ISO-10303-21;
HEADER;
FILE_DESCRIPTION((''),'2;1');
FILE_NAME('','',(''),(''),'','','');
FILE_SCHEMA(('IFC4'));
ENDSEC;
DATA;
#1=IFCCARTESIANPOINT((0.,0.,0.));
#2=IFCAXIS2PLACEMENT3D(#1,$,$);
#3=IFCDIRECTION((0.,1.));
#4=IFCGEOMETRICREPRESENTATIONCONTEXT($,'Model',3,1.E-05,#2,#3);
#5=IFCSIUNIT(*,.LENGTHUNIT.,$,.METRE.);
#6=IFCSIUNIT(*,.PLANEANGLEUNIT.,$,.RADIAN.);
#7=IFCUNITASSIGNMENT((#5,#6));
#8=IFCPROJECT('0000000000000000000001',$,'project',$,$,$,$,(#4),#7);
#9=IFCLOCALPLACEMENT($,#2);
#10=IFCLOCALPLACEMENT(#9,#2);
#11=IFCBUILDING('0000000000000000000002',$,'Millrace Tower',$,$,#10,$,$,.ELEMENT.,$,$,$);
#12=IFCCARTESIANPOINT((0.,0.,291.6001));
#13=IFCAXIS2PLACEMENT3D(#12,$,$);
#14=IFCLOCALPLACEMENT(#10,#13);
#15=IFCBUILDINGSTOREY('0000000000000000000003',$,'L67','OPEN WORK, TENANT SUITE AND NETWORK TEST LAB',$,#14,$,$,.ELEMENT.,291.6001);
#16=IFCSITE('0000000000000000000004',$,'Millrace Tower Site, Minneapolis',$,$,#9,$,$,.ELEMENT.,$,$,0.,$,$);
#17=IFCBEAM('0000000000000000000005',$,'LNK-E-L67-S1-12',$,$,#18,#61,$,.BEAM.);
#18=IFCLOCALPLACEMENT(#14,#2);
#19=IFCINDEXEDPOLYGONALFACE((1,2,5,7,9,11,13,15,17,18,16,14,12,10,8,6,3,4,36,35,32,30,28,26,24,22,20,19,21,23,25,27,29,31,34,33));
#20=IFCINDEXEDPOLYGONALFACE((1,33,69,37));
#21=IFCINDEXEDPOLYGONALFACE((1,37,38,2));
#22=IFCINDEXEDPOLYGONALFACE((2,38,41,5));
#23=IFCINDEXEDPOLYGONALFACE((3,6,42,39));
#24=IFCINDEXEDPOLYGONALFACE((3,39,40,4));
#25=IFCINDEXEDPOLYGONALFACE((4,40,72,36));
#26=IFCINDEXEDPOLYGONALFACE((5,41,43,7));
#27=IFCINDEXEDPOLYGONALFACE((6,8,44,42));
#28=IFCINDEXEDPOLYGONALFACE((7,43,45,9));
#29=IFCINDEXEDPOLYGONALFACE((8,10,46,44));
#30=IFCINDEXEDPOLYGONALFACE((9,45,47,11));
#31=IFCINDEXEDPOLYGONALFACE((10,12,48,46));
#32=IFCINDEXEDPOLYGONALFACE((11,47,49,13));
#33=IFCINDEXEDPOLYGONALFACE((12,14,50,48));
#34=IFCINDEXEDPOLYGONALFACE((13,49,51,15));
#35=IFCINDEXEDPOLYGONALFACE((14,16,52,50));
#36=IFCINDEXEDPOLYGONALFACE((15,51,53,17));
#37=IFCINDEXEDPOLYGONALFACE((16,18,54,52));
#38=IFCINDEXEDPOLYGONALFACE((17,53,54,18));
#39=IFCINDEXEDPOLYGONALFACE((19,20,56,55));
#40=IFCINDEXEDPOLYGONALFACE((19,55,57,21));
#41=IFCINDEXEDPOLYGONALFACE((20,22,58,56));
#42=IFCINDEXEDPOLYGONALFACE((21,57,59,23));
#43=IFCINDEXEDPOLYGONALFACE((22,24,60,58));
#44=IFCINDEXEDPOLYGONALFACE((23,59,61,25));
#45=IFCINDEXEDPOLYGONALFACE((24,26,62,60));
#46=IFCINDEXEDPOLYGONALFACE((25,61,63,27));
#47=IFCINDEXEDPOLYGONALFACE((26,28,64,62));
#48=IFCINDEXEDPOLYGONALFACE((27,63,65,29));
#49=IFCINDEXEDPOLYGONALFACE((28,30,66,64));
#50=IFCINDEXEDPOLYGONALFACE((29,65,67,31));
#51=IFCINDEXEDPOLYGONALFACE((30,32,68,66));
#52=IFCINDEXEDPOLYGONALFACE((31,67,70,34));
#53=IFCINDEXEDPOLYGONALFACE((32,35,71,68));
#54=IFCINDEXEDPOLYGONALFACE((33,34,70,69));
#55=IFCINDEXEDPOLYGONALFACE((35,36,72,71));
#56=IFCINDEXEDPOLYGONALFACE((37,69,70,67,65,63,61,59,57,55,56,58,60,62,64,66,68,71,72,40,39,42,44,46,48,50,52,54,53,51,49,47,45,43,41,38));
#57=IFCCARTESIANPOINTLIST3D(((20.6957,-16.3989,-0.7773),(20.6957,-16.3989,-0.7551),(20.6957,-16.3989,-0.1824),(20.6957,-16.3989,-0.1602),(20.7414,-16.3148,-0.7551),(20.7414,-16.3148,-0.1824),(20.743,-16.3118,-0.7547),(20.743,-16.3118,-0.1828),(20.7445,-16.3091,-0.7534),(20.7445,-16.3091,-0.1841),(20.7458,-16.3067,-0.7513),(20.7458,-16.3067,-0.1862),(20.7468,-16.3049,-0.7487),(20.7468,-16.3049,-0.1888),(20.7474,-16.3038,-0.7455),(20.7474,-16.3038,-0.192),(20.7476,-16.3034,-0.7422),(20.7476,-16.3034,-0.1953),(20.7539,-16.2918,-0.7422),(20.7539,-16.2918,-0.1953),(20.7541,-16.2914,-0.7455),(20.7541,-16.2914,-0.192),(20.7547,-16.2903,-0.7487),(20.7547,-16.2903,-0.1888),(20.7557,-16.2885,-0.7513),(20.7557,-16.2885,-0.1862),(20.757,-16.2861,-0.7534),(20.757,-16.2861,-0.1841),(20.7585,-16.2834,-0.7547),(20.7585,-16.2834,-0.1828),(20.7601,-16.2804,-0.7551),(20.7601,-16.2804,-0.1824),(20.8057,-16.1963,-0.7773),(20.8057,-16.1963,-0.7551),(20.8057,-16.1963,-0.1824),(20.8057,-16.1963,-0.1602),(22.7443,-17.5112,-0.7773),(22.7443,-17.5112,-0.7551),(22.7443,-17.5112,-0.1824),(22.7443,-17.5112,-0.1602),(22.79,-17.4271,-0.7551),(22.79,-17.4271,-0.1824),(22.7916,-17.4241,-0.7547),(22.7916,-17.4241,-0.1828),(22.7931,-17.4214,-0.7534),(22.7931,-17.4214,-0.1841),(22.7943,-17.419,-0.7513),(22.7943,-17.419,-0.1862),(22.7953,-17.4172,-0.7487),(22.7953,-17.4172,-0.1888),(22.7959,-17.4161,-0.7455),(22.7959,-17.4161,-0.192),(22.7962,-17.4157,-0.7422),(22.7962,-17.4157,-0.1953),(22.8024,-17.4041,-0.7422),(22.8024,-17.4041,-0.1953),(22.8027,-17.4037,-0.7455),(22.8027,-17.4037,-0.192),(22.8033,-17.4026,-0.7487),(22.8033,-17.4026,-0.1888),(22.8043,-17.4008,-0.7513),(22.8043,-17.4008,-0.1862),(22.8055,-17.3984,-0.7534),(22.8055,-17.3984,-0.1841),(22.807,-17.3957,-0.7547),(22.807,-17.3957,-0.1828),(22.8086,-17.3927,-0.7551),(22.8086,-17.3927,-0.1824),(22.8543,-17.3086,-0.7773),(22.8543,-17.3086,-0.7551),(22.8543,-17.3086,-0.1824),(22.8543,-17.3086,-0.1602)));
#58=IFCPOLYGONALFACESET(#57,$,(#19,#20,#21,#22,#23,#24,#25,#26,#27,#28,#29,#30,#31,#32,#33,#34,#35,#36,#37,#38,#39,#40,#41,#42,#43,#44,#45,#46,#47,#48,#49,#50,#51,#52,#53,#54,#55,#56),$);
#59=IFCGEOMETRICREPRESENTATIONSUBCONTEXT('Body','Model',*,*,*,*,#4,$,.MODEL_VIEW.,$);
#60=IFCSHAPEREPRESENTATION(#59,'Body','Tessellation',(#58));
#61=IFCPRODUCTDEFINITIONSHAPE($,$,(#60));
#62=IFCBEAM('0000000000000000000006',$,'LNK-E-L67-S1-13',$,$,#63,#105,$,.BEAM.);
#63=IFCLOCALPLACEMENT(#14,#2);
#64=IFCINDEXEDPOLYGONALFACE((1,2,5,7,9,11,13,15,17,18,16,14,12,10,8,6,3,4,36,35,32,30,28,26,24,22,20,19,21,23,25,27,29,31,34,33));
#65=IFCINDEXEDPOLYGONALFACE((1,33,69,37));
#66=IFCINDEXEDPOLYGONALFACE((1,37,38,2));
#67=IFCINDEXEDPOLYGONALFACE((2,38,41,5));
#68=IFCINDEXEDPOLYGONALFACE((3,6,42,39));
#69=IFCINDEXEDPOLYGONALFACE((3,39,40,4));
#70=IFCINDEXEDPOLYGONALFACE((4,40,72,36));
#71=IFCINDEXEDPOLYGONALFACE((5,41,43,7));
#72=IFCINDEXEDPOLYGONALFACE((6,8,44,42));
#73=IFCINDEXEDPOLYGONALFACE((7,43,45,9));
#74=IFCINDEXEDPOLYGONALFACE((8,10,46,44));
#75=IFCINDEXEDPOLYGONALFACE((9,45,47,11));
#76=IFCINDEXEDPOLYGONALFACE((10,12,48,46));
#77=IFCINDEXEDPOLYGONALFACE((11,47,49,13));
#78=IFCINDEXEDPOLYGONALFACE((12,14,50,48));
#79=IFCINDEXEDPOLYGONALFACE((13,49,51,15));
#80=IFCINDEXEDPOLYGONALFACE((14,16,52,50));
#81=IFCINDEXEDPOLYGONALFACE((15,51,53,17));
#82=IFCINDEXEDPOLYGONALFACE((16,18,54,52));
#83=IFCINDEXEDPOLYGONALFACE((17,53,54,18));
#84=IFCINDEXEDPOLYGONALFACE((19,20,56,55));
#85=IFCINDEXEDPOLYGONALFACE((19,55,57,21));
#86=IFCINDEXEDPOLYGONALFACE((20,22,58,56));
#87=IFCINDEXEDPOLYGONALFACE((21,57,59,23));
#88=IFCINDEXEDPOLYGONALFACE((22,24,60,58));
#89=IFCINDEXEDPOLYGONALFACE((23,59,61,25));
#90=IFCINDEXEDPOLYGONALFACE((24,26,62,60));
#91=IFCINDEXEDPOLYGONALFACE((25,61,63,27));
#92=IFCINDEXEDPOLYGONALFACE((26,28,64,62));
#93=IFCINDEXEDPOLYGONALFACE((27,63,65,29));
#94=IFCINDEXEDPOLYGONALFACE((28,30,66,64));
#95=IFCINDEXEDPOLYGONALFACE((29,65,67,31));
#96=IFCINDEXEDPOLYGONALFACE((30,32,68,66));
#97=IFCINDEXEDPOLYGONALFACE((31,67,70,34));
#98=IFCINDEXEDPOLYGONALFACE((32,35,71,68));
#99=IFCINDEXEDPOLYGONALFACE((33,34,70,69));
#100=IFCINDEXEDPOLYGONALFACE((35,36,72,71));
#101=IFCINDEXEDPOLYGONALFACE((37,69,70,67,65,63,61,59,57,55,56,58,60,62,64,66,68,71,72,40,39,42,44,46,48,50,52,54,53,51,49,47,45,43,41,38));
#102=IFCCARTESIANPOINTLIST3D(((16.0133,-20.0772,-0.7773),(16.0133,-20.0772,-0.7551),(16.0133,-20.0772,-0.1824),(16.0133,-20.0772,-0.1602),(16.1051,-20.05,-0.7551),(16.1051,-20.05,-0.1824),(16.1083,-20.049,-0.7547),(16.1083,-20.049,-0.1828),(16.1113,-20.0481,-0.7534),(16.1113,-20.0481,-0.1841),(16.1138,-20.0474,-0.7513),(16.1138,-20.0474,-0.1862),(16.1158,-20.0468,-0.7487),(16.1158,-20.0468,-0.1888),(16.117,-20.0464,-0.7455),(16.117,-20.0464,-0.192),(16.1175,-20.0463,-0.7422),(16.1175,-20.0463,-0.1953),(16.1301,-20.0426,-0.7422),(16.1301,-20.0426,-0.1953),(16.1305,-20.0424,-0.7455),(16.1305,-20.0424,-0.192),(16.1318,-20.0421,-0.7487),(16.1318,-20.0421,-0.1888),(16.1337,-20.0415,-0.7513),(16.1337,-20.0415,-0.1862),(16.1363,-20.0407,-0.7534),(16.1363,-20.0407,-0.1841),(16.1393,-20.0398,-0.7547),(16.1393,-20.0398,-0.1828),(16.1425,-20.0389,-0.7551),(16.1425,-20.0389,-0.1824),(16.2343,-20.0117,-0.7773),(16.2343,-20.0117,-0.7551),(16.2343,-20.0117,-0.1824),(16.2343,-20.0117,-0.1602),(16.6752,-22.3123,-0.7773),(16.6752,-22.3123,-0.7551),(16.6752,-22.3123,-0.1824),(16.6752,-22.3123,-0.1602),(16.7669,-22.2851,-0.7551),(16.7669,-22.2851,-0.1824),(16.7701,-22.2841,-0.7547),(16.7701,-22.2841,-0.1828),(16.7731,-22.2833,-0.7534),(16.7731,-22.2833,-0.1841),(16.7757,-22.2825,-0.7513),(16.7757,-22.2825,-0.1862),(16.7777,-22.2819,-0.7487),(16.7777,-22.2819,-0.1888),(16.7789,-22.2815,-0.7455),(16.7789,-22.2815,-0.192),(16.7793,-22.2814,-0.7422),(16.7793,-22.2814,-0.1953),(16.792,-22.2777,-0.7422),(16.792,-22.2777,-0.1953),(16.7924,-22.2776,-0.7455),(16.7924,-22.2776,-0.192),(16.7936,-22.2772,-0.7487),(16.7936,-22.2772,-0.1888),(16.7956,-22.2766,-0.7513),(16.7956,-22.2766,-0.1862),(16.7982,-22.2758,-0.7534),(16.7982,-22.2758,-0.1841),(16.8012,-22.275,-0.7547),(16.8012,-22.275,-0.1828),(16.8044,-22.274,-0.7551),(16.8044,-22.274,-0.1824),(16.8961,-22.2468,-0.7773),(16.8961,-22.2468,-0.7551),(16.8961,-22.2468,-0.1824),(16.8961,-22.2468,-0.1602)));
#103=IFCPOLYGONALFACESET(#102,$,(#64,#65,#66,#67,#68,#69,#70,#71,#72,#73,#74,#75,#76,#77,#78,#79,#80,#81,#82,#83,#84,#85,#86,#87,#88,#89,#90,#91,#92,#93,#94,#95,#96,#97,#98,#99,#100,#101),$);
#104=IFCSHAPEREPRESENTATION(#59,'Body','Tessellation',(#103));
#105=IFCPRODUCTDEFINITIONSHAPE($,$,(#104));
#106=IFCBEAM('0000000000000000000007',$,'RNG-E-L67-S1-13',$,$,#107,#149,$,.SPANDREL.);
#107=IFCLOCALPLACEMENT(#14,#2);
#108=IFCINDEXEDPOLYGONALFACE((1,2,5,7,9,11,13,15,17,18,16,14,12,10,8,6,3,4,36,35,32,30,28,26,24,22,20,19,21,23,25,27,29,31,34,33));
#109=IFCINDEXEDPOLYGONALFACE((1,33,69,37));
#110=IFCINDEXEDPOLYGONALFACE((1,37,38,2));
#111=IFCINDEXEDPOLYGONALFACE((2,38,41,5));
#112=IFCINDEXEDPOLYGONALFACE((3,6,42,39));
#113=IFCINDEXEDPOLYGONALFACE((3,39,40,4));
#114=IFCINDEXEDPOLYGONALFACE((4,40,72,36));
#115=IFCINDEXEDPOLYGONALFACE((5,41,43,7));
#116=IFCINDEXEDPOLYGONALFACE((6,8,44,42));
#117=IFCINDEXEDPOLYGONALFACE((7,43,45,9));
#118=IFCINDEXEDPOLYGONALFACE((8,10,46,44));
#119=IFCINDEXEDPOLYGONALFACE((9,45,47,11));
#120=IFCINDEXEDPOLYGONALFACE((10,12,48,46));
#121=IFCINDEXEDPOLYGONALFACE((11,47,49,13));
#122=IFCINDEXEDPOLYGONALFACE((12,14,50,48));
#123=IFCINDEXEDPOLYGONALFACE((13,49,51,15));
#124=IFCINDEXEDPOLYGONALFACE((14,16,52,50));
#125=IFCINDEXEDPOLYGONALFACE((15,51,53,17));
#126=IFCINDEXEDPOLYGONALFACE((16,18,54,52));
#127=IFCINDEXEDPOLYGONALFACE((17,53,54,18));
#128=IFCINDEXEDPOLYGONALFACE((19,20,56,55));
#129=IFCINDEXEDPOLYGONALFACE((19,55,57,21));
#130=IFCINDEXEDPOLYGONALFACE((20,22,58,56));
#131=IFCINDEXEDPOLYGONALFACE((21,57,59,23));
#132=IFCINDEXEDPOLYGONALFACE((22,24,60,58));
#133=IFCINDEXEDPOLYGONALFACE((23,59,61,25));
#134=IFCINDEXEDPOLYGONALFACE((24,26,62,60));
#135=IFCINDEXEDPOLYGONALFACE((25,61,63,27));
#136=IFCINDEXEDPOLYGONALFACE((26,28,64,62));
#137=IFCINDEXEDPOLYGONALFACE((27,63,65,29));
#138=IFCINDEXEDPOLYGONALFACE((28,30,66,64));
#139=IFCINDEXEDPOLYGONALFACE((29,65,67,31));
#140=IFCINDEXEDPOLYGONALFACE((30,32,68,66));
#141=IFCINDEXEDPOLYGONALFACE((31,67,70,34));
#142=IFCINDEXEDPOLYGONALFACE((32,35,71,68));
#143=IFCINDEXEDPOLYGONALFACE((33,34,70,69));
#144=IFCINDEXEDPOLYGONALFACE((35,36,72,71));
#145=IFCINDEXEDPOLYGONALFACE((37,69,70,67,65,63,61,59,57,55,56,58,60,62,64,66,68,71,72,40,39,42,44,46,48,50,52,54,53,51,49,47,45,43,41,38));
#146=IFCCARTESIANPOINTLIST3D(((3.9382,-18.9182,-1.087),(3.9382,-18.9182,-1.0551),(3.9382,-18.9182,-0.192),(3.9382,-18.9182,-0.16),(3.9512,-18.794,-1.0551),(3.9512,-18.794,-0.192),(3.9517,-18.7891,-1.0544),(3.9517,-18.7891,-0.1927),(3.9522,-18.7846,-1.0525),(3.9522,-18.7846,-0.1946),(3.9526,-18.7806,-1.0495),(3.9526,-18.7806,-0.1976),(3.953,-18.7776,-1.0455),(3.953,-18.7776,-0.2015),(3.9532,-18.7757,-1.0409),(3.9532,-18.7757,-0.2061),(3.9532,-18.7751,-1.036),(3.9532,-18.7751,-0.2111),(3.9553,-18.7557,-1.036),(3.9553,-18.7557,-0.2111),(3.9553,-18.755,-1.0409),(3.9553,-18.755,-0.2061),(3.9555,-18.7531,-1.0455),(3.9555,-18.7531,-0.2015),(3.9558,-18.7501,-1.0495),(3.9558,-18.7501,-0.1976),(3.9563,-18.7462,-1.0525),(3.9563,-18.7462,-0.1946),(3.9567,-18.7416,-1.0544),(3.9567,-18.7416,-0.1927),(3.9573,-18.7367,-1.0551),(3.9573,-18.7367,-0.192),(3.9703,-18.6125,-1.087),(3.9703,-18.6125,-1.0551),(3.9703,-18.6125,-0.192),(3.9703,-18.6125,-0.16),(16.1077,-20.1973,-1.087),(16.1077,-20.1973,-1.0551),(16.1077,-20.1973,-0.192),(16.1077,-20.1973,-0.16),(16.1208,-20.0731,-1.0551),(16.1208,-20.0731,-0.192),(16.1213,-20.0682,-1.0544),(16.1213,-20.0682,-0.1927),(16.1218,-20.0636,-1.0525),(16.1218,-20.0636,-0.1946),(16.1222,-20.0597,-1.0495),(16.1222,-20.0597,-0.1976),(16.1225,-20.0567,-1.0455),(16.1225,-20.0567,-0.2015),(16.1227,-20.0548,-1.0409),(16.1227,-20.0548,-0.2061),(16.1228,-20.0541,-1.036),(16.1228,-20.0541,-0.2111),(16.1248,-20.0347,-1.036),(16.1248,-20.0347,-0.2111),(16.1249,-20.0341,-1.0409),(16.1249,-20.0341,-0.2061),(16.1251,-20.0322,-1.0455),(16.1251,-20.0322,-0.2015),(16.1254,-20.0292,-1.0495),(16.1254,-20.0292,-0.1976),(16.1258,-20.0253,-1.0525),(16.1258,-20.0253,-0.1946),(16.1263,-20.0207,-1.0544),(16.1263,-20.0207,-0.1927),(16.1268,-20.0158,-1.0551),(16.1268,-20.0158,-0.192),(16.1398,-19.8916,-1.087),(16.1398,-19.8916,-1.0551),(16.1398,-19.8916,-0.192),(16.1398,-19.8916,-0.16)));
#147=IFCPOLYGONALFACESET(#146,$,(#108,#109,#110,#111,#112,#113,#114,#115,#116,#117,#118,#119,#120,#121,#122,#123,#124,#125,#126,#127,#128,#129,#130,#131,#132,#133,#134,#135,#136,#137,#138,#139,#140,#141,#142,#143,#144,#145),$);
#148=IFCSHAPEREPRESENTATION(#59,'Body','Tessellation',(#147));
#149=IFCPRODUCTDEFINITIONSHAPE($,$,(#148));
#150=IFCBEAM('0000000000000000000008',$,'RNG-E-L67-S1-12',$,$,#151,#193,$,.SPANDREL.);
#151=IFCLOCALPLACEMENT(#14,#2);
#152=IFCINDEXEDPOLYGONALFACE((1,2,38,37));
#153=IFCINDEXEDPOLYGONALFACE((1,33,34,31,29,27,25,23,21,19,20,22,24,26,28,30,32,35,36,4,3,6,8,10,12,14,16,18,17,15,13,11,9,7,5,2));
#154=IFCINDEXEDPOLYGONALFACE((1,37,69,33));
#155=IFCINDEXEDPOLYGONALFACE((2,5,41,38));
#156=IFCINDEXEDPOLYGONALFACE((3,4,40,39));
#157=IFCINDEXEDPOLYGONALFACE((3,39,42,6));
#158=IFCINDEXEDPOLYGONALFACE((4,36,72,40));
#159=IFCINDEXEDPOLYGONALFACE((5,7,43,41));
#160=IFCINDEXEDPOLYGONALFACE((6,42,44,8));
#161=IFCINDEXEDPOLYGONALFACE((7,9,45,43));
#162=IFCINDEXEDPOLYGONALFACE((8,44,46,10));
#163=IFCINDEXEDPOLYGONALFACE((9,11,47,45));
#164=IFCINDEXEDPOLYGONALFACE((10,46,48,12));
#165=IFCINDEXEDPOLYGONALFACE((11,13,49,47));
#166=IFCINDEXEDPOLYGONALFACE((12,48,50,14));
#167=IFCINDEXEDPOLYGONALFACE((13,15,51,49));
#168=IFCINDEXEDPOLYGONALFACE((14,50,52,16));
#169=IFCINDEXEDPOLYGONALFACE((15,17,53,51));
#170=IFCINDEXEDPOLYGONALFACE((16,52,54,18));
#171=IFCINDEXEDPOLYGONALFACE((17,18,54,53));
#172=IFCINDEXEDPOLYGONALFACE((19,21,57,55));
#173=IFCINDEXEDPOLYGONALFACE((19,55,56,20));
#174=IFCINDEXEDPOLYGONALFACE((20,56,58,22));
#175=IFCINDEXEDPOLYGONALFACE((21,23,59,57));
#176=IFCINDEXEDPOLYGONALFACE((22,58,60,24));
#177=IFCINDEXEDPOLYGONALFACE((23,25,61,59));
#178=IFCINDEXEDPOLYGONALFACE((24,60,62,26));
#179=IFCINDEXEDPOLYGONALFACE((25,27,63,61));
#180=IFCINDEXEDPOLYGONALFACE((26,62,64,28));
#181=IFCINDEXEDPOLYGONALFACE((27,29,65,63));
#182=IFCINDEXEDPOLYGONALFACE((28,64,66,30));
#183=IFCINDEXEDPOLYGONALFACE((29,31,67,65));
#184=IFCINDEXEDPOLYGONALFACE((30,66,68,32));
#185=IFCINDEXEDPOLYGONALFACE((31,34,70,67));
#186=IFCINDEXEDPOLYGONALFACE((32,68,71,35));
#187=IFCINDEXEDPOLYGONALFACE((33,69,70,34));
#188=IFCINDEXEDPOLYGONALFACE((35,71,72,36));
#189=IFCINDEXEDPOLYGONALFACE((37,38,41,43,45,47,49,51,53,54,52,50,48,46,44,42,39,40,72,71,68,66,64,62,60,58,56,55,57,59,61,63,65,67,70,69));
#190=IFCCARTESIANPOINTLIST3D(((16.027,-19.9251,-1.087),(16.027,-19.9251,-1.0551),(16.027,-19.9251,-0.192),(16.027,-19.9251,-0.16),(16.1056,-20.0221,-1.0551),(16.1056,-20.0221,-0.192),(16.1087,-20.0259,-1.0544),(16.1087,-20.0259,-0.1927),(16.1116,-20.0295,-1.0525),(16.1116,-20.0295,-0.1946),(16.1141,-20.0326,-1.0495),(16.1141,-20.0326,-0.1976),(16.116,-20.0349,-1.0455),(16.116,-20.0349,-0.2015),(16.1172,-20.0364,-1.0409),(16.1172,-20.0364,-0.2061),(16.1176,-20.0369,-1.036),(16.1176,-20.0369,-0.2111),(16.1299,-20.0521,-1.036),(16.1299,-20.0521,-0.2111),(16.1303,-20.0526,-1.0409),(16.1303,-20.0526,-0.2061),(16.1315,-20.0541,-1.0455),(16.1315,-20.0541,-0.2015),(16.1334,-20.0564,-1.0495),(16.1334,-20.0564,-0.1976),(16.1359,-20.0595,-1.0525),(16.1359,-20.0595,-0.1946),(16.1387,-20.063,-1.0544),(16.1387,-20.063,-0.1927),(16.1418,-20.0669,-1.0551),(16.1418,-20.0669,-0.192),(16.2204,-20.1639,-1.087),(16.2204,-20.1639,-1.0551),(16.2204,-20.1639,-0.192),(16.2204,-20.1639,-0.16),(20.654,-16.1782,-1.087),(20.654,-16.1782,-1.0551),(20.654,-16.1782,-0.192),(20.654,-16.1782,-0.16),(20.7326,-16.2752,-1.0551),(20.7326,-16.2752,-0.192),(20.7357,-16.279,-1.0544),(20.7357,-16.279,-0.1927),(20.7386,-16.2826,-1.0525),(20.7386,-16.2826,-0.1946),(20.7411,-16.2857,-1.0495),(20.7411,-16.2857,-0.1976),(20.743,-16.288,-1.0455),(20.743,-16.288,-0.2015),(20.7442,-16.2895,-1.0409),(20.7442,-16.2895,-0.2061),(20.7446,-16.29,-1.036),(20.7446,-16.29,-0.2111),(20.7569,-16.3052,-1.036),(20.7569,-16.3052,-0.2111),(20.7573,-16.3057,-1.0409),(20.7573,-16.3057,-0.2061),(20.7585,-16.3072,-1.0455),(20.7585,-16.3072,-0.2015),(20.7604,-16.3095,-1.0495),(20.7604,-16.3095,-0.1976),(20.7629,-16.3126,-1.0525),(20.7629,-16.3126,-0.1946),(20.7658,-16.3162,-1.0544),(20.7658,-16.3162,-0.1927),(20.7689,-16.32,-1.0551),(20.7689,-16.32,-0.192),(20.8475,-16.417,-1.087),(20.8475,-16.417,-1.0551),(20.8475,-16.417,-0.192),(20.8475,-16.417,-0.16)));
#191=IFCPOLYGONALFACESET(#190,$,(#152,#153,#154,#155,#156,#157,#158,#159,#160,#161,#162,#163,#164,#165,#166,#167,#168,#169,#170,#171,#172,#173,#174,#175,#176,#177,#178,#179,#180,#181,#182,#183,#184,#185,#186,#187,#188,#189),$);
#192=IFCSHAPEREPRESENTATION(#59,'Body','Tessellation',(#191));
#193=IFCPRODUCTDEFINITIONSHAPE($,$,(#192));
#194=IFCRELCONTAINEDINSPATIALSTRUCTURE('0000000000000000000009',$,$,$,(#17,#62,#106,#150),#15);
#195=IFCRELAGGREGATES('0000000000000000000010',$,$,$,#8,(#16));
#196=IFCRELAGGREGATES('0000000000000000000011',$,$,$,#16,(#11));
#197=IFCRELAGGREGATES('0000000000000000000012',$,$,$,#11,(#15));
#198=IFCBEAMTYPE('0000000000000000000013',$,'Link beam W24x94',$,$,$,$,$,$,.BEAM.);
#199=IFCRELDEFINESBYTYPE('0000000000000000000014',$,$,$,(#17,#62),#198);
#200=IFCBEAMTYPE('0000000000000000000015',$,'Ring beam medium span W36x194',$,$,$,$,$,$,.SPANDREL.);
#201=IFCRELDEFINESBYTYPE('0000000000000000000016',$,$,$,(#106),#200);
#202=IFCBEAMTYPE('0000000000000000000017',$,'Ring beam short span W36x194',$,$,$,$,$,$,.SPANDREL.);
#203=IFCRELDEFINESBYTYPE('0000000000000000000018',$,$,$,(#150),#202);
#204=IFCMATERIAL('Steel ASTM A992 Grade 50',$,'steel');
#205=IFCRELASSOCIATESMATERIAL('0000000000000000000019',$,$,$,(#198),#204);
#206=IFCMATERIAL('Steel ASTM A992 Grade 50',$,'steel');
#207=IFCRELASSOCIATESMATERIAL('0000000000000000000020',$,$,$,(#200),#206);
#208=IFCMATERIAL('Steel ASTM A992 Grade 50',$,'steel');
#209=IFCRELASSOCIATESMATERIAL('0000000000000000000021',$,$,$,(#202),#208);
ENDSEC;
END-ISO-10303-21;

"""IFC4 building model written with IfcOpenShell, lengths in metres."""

from ifc_helpers import new_model, si_unit, direction, frame, origin, origin_2d, place, context, subcontext, project, spatial, i_section, extrude, material, material_profile, profile_set, type_object, element, save


model = new_model("IFC4")

# Units and contexts
model_context = context("Model", 3, precision=1e-05, world=origin(), true_north=direction((0.0, 1.0)))
body_context = subcontext(model_context, "Body", "Model", "MODEL_VIEW")
ifc_project = project(units=[si_unit("LENGTHUNIT", "METRE"), si_unit("PLANEANGLEUNIT", "RADIAN")], contexts=[model_context])

# Site, building, storey
site_placement = place(None, origin())
site = spatial("IfcSite", under=ifc_project, at=site_placement, Name="Millrace Tower Site, Minneapolis", CompositionType="ELEMENT", RefElevation=0.0)
building_placement = place(site_placement, origin())
building = spatial("IfcBuilding", under=site, at=building_placement, Name="Millrace Tower", CompositionType="ELEMENT")
storey_placement = place(building_placement, frame((0.0, 0.0, 291.6001)))
storey = spatial("IfcBuildingStorey", under=building, at=storey_placement, Name="L67", Description="OPEN WORK, TENANT SUITE AND NETWORK TEST LAB", CompositionType="ELEMENT", Elevation=291.6001)

# Beams
ifc_material_1 = material(Name="Steel ASTM A992 Grade 50", Category="steel")
ifc_material_profile_1 = material_profile(ifc_material_1, i_section(OverallWidth=0.2305, OverallDepth=0.6172, WebThickness=0.0132, FlangeThickness=0.0222, FilletRadius=0.0129, at=origin_2d()))
ifc_profile_set_1 = profile_set([ifc_material_profile_1], Name="Steel ASTM A992 Grade 50")
beam_type_1 = type_object("IfcBeamType", Name="Link beam W24x94", PredefinedType="BEAM", material=ifc_profile_set_1)
for number, where, z_axis, x_axis, name in (
    (1, (20.7507, -16.2976, -0.4688), (0.878815, -0.477164, 0.0), (0.477164, 0.878815, 0.0), "LNK-E-L67-S1-12"),
    (2, (16.1238, -20.0444, -0.4688), (0.283935, -0.958844, 0.0), (0.958844, 0.283935, 0.0), "LNK-E-L67-S1-13"),
):
    element("IfcBeam", number, at=place(storey_placement, frame(where, z_axis=z_axis, x_axis=x_axis)), inside=storey, type_object=beam_type_1, Name=name, PredefinedType="BEAM", context=body_context, shape_type="SweptSolid", body=[
        extrude(i_section(OverallWidth=0.2305, OverallDepth=0.6172, WebThickness=0.0132, FlangeThickness=0.0222, FilletRadius=0.0129, at=origin_2d()), origin(), (0.0, 0.0, 1.0), 2.3311),
    ])
ifc_material_2 = material(Name="Steel ASTM A992 Grade 50", Category="steel")
ifc_material_profile_2 = material_profile(ifc_material_2, i_section(OverallWidth=0.3074, OverallDepth=0.927, WebThickness=0.0195, FlangeThickness=0.032, FilletRadius=0.019, at=origin_2d()))
ifc_profile_set_2 = profile_set([ifc_material_profile_2], Name="Steel ASTM A992 Grade 50")
beam_type_2 = type_object("IfcBeamType", Name="Ring beam medium span W36x194", PredefinedType="SPANDREL", material=ifc_profile_set_2)
beam_1_placement = place(storey_placement, frame((16.1238, -20.0444, -0.6235), z_axis=(-0.994522, 0.104528, 0.0), x_axis=(-0.104528, -0.994522, 0.0)))
element("IfcBeam", 3, at=beam_1_placement, inside=storey, type_object=beam_type_2, Name="RNG-E-L67-S1-13", PredefinedType="SPANDREL", context=body_context, shape_type="SweptSolid", body=[
    extrude(i_section(OverallWidth=0.3074, OverallDepth=0.927, WebThickness=0.0195, FlangeThickness=0.032, FilletRadius=0.019, at=origin_2d()), origin(), (0.0, 0.0, 1.0), 12.2366),
])
ifc_material_3 = material(Name="Steel ASTM A992 Grade 50", Category="steel")
ifc_material_profile_3 = material_profile(ifc_material_3, i_section(OverallWidth=0.3074, OverallDepth=0.927, WebThickness=0.0195, FlangeThickness=0.032, FilletRadius=0.019, at=origin_2d()))
ifc_profile_set_3 = profile_set([ifc_material_profile_3], Name="Steel ASTM A992 Grade 50")
beam_type_3 = type_object("IfcBeamType", Name="Ring beam short span W36x194", PredefinedType="SPANDREL", material=ifc_profile_set_3)
beam_2_placement = place(storey_placement, frame((20.7507, -16.2976, -0.6235), z_axis=(-0.777147, -0.62932, 0.0), x_axis=(0.62932, -0.777147, 0.0)))
element("IfcBeam", 4, at=beam_2_placement, inside=storey, type_object=beam_type_3, Name="RNG-E-L67-S1-12", PredefinedType="SPANDREL", context=body_context, shape_type="SweptSolid", body=[
    extrude(i_section(OverallWidth=0.3074, OverallDepth=0.927, WebThickness=0.0195, FlangeThickness=0.032, FilletRadius=0.019, at=origin_2d()), origin(), (0.0, 0.0, 1.0), 5.9539),
])

save(model, "model.ifc")
